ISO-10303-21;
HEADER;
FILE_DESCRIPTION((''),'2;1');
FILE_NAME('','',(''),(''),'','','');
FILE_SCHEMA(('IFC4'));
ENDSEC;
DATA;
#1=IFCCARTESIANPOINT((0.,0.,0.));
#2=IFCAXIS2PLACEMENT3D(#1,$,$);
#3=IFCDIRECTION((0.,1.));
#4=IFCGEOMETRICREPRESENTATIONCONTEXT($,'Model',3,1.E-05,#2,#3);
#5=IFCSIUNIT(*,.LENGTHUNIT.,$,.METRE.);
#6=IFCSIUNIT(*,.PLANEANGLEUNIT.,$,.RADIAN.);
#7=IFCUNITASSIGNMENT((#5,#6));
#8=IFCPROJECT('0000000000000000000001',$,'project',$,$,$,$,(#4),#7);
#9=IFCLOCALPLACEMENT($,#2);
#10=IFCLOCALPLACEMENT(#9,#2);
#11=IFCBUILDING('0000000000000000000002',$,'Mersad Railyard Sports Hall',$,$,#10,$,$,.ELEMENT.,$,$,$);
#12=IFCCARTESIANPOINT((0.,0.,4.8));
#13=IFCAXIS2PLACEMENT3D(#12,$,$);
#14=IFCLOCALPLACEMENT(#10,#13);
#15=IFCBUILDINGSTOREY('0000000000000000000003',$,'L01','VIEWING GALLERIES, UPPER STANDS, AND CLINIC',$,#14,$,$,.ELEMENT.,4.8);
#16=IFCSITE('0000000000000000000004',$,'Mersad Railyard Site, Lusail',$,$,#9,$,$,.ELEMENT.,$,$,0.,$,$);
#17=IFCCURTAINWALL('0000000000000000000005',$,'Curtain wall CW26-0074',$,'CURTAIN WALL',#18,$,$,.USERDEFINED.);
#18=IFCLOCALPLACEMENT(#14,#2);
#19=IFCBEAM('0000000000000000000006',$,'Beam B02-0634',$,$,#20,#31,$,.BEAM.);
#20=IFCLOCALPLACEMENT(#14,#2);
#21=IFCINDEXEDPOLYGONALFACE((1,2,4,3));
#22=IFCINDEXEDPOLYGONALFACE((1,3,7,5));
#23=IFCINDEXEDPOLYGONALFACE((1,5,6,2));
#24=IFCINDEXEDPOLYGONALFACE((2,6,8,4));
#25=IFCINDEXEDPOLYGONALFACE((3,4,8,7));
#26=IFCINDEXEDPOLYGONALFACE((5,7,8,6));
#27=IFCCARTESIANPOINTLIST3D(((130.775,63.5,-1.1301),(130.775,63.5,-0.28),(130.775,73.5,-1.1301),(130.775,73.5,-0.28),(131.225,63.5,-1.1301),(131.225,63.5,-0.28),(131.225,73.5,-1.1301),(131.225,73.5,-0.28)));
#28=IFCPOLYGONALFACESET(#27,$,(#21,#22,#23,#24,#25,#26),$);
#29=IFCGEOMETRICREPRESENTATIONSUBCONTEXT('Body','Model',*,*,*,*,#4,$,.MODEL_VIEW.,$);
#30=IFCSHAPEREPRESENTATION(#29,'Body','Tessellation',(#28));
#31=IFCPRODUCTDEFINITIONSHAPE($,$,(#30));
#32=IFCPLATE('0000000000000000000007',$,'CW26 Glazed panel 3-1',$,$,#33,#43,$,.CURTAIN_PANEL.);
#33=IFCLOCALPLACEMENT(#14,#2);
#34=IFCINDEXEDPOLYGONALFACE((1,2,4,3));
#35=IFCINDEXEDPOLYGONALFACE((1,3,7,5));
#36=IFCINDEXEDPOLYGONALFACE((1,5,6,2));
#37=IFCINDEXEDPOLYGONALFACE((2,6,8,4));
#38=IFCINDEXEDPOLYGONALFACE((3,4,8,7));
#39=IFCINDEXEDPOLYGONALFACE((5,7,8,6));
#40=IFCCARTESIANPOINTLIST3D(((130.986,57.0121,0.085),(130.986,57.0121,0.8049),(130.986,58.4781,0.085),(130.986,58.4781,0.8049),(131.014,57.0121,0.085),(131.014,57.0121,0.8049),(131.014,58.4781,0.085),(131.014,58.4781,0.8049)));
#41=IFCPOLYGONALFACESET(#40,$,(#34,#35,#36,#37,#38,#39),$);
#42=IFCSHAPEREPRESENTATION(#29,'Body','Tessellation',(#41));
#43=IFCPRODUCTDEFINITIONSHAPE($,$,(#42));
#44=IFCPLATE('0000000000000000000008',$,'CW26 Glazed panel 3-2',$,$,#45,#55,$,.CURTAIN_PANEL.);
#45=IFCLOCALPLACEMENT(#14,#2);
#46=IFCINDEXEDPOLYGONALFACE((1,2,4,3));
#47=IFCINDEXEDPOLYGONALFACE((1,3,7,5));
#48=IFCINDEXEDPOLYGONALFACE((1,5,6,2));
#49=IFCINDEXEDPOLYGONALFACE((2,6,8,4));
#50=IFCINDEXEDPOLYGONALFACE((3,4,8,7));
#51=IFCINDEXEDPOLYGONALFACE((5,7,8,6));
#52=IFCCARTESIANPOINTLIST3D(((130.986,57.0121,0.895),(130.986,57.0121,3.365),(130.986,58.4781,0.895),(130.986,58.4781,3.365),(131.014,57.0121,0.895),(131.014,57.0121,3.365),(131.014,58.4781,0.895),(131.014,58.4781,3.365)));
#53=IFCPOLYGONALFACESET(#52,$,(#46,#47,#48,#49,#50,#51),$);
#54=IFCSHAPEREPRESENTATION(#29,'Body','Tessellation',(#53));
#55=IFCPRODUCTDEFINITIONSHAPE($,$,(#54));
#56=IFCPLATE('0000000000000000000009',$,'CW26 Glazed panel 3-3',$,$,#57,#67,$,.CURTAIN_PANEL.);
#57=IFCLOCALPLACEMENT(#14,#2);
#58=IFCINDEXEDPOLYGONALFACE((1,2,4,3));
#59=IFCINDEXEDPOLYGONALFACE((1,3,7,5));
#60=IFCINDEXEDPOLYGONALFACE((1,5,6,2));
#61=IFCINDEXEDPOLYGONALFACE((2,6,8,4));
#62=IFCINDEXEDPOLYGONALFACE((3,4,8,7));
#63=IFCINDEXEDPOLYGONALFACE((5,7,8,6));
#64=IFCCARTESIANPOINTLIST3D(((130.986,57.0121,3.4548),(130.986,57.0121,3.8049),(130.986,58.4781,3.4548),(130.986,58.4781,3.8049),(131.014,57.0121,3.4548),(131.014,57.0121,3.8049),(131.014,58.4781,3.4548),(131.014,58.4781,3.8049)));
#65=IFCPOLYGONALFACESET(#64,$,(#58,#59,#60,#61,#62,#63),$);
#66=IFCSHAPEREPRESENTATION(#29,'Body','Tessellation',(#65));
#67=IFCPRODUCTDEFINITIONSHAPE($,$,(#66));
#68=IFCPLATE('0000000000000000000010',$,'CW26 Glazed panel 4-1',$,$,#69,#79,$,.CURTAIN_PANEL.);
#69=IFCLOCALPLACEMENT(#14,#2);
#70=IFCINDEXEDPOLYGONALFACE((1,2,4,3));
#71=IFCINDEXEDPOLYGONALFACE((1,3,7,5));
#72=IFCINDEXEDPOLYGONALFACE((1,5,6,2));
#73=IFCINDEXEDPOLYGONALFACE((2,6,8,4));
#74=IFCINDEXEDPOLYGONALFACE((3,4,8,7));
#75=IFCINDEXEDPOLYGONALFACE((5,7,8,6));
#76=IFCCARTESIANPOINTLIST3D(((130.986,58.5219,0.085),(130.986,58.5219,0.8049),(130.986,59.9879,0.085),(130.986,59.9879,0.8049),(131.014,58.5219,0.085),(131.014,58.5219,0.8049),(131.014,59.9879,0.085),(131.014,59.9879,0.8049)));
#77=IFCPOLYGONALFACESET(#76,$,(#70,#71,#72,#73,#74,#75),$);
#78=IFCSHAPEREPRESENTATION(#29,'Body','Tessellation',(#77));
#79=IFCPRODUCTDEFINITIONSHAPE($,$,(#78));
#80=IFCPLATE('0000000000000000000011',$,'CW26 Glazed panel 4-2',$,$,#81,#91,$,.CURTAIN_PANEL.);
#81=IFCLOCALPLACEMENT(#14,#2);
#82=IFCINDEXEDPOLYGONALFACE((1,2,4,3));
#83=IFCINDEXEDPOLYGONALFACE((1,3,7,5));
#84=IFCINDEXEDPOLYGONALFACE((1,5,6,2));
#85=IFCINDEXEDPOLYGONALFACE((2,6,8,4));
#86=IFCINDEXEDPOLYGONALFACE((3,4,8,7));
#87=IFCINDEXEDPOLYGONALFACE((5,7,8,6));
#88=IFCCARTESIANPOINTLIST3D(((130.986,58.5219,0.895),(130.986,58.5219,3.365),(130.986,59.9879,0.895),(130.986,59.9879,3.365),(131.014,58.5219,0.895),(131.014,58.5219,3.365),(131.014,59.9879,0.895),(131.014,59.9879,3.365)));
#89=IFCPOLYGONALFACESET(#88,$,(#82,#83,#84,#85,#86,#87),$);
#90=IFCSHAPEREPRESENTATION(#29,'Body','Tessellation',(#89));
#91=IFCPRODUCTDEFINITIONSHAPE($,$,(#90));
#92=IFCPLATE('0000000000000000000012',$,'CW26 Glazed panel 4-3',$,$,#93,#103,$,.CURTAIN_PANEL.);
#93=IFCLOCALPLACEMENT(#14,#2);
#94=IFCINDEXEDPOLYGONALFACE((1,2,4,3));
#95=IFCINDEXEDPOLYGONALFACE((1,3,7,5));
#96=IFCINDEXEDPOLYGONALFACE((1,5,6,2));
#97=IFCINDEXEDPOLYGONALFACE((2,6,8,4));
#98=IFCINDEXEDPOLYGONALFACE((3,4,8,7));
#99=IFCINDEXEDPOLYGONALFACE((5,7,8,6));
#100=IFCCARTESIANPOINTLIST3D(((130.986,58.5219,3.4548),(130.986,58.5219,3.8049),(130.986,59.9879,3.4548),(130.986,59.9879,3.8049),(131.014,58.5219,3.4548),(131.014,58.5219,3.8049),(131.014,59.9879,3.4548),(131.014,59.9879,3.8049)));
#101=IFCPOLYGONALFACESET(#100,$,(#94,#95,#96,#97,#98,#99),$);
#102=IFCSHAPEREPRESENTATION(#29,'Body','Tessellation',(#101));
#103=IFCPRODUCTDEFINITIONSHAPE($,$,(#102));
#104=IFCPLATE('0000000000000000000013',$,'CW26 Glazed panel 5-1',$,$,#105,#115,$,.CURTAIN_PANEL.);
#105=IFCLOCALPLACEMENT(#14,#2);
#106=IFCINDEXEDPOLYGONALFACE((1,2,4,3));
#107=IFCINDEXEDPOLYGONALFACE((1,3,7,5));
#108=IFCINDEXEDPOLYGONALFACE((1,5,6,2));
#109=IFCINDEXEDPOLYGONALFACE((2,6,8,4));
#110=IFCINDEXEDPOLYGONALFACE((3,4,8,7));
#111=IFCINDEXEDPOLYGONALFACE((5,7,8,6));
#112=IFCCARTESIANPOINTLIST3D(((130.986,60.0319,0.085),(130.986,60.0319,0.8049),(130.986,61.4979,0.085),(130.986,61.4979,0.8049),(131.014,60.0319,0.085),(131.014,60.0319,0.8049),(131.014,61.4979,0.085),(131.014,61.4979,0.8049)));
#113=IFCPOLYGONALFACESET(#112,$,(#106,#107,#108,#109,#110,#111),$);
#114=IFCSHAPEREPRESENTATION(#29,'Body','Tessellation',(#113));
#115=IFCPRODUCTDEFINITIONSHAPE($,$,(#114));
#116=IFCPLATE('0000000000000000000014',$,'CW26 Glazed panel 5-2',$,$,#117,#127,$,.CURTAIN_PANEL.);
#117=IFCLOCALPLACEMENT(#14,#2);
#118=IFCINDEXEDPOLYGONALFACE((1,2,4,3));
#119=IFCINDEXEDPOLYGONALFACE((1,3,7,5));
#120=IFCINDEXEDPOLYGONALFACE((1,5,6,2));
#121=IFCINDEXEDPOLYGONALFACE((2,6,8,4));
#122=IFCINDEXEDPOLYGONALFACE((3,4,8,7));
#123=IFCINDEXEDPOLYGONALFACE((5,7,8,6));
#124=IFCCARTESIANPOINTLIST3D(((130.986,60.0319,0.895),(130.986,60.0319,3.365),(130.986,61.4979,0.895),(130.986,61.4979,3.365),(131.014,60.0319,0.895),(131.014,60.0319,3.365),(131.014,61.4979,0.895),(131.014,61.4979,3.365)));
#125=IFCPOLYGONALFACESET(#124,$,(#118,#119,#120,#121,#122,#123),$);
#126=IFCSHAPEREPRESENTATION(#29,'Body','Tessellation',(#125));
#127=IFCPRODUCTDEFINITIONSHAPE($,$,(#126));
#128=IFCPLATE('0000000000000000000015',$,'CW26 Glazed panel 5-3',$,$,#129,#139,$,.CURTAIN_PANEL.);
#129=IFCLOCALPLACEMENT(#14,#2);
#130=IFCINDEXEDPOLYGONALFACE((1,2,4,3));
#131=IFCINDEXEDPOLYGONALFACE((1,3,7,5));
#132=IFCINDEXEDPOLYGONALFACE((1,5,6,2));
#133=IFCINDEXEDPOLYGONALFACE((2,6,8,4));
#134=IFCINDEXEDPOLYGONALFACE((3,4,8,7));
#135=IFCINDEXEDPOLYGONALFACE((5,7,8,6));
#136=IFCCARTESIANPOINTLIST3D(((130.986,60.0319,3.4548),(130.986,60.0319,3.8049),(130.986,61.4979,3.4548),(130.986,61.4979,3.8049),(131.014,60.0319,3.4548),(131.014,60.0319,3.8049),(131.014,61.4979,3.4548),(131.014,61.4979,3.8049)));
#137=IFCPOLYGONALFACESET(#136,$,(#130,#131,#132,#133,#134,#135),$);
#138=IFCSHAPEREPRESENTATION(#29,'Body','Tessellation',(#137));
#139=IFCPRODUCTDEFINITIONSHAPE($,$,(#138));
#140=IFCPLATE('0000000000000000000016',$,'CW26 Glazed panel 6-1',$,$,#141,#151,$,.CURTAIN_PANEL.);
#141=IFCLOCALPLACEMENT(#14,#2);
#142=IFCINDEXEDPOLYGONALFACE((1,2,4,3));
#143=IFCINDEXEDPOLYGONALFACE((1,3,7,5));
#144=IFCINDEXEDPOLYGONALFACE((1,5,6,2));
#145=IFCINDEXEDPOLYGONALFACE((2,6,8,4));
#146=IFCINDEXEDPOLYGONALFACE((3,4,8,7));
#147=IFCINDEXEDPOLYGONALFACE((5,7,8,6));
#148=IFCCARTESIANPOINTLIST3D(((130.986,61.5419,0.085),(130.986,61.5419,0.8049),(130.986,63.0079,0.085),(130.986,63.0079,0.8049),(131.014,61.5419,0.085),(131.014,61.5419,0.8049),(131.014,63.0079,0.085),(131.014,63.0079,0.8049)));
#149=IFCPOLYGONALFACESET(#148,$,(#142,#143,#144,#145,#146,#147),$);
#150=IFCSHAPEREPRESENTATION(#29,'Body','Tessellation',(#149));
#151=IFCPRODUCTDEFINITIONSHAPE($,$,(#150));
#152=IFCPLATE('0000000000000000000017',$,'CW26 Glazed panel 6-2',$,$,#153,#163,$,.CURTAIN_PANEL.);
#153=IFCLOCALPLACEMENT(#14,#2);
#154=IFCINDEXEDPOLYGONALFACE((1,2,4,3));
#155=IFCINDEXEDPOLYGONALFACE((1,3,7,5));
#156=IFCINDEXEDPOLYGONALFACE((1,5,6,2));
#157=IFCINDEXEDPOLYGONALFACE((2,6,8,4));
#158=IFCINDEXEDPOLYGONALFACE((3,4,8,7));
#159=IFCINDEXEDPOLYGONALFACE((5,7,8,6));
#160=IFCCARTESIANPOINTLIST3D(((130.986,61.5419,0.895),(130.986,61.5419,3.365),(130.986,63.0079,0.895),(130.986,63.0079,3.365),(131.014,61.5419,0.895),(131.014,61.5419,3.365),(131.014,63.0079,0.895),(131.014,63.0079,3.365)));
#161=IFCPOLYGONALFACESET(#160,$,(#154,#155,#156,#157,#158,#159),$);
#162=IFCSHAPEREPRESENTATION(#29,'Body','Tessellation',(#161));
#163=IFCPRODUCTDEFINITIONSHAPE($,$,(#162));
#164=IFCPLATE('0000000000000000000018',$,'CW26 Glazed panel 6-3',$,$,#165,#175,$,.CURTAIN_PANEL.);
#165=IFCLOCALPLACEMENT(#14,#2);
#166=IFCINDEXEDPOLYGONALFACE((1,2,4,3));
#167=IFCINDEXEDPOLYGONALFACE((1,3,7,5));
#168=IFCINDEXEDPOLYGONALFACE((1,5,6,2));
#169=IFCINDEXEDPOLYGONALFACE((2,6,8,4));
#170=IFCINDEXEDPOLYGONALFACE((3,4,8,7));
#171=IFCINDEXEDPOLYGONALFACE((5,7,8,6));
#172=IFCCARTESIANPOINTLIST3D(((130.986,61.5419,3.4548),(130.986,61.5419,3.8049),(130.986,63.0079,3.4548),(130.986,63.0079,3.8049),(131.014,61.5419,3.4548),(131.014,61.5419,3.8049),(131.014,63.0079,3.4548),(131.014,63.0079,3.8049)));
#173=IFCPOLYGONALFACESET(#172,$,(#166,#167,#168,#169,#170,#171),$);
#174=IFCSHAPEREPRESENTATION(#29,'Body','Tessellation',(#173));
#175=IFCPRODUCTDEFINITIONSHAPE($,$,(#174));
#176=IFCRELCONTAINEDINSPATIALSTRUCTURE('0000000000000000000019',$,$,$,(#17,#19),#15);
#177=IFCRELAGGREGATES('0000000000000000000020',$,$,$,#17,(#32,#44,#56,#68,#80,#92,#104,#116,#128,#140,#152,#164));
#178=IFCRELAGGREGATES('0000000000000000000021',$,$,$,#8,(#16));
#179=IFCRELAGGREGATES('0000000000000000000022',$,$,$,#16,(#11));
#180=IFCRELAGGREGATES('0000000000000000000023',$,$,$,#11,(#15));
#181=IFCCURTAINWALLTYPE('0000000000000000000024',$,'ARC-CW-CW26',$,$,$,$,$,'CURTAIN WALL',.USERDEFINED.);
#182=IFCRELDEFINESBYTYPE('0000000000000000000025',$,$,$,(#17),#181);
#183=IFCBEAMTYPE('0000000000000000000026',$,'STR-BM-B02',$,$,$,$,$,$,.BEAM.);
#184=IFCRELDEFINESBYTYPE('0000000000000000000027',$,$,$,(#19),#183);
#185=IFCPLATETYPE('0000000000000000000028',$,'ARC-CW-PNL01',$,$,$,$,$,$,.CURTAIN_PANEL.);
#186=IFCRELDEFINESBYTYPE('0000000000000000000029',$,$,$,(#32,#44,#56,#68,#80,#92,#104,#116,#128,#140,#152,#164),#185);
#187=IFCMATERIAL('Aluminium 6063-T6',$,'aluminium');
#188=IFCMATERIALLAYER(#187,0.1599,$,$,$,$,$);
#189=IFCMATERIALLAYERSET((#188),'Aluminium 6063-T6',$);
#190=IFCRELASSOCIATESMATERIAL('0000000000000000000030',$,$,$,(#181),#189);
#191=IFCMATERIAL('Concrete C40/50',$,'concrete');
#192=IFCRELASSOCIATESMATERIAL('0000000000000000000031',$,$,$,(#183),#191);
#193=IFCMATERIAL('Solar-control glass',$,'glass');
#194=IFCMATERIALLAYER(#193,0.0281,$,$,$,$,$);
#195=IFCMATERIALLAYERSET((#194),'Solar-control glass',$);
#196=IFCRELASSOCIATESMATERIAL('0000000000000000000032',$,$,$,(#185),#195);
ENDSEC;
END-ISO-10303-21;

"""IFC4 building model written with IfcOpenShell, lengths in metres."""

from ifc_helpers import new_model, si_unit, direction, frame, origin, origin_2d, place, context, subcontext, project, spatial, rectangle, extrude, material, layer, layer_set, material_profile, profile_set, type_object, element, aggregate, save


model = new_model("IFC4")

# Units and contexts
model_context = context("Model", 3, precision=1e-05, world=origin(), true_north=direction((0.0, 1.0)))
body_context = subcontext(model_context, "Body", "Model", "MODEL_VIEW")
ifc_project = project(units=[si_unit("LENGTHUNIT", "METRE"), si_unit("PLANEANGLEUNIT", "RADIAN")], contexts=[model_context])

# Site, building, storey
site_placement = place(None, origin())
site = spatial("IfcSite", under=ifc_project, at=site_placement, Name="Mersad Railyard Site, Lusail", CompositionType="ELEMENT", RefElevation=0.0)
building_placement = place(site_placement, origin())
building = spatial("IfcBuilding", under=site, at=building_placement, Name="Mersad Railyard Sports Hall", CompositionType="ELEMENT")
storey_placement = place(building_placement, frame((0.0, 0.0, 4.8)))
storey = spatial("IfcBuildingStorey", under=building, at=storey_placement, Name="L01", Description="VIEWING GALLERIES, UPPER STANDS, AND CLINIC", CompositionType="ELEMENT", Elevation=4.8)

# Curtain wall
ifc_material_1 = material(Name="Aluminium 6063-T6", Category="aluminium")
ifc_layer_1 = layer(ifc_material_1, 0.1599)
ifc_layer_set_1 = layer_set([ifc_layer_1], Name="Aluminium 6063-T6")
curtain_wall_type_1 = type_object("IfcCurtainWallType", Name="ARC-CW-CW26", ElementType="CURTAIN WALL", PredefinedType="USERDEFINED", material=ifc_layer_set_1)
curtain_wall_1_placement = place(storey_placement, origin())
curtain_wall_1 = element("IfcCurtainWall", 1, at=curtain_wall_1_placement, inside=storey, type_object=curtain_wall_type_1, Name="Curtain wall CW26-0074", ObjectType="CURTAIN WALL", PredefinedType="USERDEFINED")

# Beam
ifc_material_2 = material(Name="Concrete C40/50", Category="concrete")
ifc_material_profile_1 = material_profile(ifc_material_2, rectangle(XDim=0.45, YDim=0.8501, at=origin_2d()), Name="RC 450x850")
ifc_profile_set_1 = profile_set([ifc_material_profile_1], Name="Concrete C40/50")
beam_type_1 = type_object("IfcBeamType", Name="STR-BM-B02", PredefinedType="BEAM", material=ifc_profile_set_1)
beam_1_placement = place(storey_placement, frame((131.0, 63.5, -0.7051), z_axis=(0.0, 1.0, 0.0), x_axis=(-1.0, 0.0, 0.0)))
element("IfcBeam", 2, at=beam_1_placement, inside=storey, type_object=beam_type_1, Name="Beam B02-0634", PredefinedType="BEAM", context=body_context, shape_type="SweptSolid", body=[
    extrude(rectangle(XDim=0.45, YDim=0.8501, at=origin_2d()), origin(), (0.0, 0.0, 1.0), 10.0),
])

# Plates
ifc_material_3 = material(Name="Solar-control glass", Category="glass")
ifc_layer_2 = layer(ifc_material_3, 0.0281)
ifc_layer_set_2 = layer_set([ifc_layer_2], Name="Solar-control glass")
plate_type = type_object("IfcPlateType", Name="ARC-CW-PNL01", PredefinedType="CURTAIN_PANEL", material=ifc_layer_set_2)
plate_1_placement = place(storey_placement, frame((131.0, 57.7451, 0.085), z_axis=(0.0, 0.0, 1.0), x_axis=(0.0, 1.0, 0.0)))
plate_1 = element("IfcPlate", 3, at=plate_1_placement, type_object=plate_type, Name="CW26 Glazed panel 3-1", PredefinedType="CURTAIN_PANEL", context=body_context, shape_type="SweptSolid", body=[
    extrude(rectangle(XDim=1.4661, YDim=0.0281, at=origin_2d()), origin(), (0.0, 0.0, 1.0), 0.72),
])
plate_2_placement = place(storey_placement, frame((131.0, 57.7451, 0.895), z_axis=(0.0, 0.0, 1.0), x_axis=(0.0, 1.0, 0.0)))
plate_2 = element("IfcPlate", 4, at=plate_2_placement, type_object=plate_type, Name="CW26 Glazed panel 3-2", PredefinedType="CURTAIN_PANEL", context=body_context, shape_type="SweptSolid", body=[
    extrude(rectangle(XDim=1.4661, YDim=0.0281, at=origin_2d()), origin(), (0.0, 0.0, 1.0), 2.47),
])
plate_3_placement = place(storey_placement, frame((131.0, 57.7451, 3.4548), z_axis=(0.0, 0.0, 1.0), x_axis=(0.0, 1.0, 0.0)))
plate_3 = element("IfcPlate", 5, at=plate_3_placement, type_object=plate_type, Name="CW26 Glazed panel 3-3", PredefinedType="CURTAIN_PANEL", context=body_context, shape_type="SweptSolid", body=[
    extrude(rectangle(XDim=1.4661, YDim=0.0281, at=origin_2d()), origin(), (0.0, 0.0, 1.0), 0.3501),
])
plate_4_placement = place(storey_placement, frame((131.0, 59.2549, 0.085), z_axis=(0.0, 0.0, 1.0), x_axis=(0.0, 1.0, 0.0)))
plate_4 = element("IfcPlate", 6, at=plate_4_placement, type_object=plate_type, Name="CW26 Glazed panel 4-1", PredefinedType="CURTAIN_PANEL", context=body_context, shape_type="SweptSolid", body=[
    extrude(rectangle(XDim=1.4661, YDim=0.0281, at=origin_2d()), origin(), (0.0, 0.0, 1.0), 0.72),
])
plate_5_placement = place(storey_placement, frame((131.0, 59.2549, 0.895), z_axis=(0.0, 0.0, 1.0), x_axis=(0.0, 1.0, 0.0)))
plate_5 = element("IfcPlate", 7, at=plate_5_placement, type_object=plate_type, Name="CW26 Glazed panel 4-2", PredefinedType="CURTAIN_PANEL", context=body_context, shape_type="SweptSolid", body=[
    extrude(rectangle(XDim=1.4661, YDim=0.0281, at=origin_2d()), origin(), (0.0, 0.0, 1.0), 2.47),
])
plate_6_placement = place(storey_placement, frame((131.0, 59.2549, 3.4548), z_axis=(0.0, 0.0, 1.0), x_axis=(0.0, 1.0, 0.0)))
plate_6 = element("IfcPlate", 8, at=plate_6_placement, type_object=plate_type, Name="CW26 Glazed panel 4-3", PredefinedType="CURTAIN_PANEL", context=body_context, shape_type="SweptSolid", body=[
    extrude(rectangle(XDim=1.4661, YDim=0.0281, at=origin_2d()), origin(), (0.0, 0.0, 1.0), 0.3501),
])
plate_7_placement = place(storey_placement, frame((131.0, 60.7649, 0.085), z_axis=(0.0, 0.0, 1.0), x_axis=(0.0, 1.0, 0.0)))
plate_7 = element("IfcPlate", 9, at=plate_7_placement, type_object=plate_type, Name="CW26 Glazed panel 5-1", PredefinedType="CURTAIN_PANEL", context=body_context, shape_type="SweptSolid", body=[
    extrude(rectangle(XDim=1.4661, YDim=0.0281, at=origin_2d()), origin(), (0.0, 0.0, 1.0), 0.72),
])
plate_8_placement = place(storey_placement, frame((131.0, 60.7649, 0.895), z_axis=(0.0, 0.0, 1.0), x_axis=(0.0, 1.0, 0.0)))
plate_8 = element("IfcPlate", 10, at=plate_8_placement, type_object=plate_type, Name="CW26 Glazed panel 5-2", PredefinedType="CURTAIN_PANEL", context=body_context, shape_type="SweptSolid", body=[
    extrude(rectangle(XDim=1.4661, YDim=0.0281, at=origin_2d()), origin(), (0.0, 0.0, 1.0), 2.47),
])
plate_9_placement = place(storey_placement, frame((131.0, 60.7649, 3.4548), z_axis=(0.0, 0.0, 1.0), x_axis=(0.0, 1.0, 0.0)))
plate_9 = element("IfcPlate", 11, at=plate_9_placement, type_object=plate_type, Name="CW26 Glazed panel 5-3", PredefinedType="CURTAIN_PANEL", context=body_context, shape_type="SweptSolid", body=[
    extrude(rectangle(XDim=1.4661, YDim=0.0281, at=origin_2d()), origin(), (0.0, 0.0, 1.0), 0.3501),
])
plate_10_placement = place(storey_placement, frame((131.0, 62.2749, 0.085), z_axis=(0.0, 0.0, 1.0), x_axis=(0.0, 1.0, 0.0)))
plate_10 = element("IfcPlate", 12, at=plate_10_placement, type_object=plate_type, Name="CW26 Glazed panel 6-1", PredefinedType="CURTAIN_PANEL", context=body_context, shape_type="SweptSolid", body=[
    extrude(rectangle(XDim=1.4661, YDim=0.0281, at=origin_2d()), origin(), (0.0, 0.0, 1.0), 0.72),
])
plate_11_placement = place(storey_placement, frame((131.0, 62.2749, 0.895), z_axis=(0.0, 0.0, 1.0), x_axis=(0.0, 1.0, 0.0)))
plate_11 = element("IfcPlate", 13, at=plate_11_placement, type_object=plate_type, Name="CW26 Glazed panel 6-2", PredefinedType="CURTAIN_PANEL", context=body_context, shape_type="SweptSolid", body=[
    extrude(rectangle(XDim=1.4661, YDim=0.0281, at=origin_2d()), origin(), (0.0, 0.0, 1.0), 2.47),
])
plate_12_placement = place(storey_placement, frame((131.0, 62.2749, 3.4548), z_axis=(0.0, 0.0, 1.0), x_axis=(0.0, 1.0, 0.0)))
plate_12 = element("IfcPlate", 14, at=plate_12_placement, type_object=plate_type, Name="CW26 Glazed panel 6-3", PredefinedType="CURTAIN_PANEL", context=body_context, shape_type="SweptSolid", body=[
    extrude(rectangle(XDim=1.4661, YDim=0.0281, at=origin_2d()), origin(), (0.0, 0.0, 1.0), 0.3501),
])
aggregate(curtain_wall_1, [plate_1, plate_2, plate_3, plate_4, plate_5, plate_6, plate_7, plate_8, plate_9, plate_10, plate_11, plate_12])

save(model, "model.ifc")
